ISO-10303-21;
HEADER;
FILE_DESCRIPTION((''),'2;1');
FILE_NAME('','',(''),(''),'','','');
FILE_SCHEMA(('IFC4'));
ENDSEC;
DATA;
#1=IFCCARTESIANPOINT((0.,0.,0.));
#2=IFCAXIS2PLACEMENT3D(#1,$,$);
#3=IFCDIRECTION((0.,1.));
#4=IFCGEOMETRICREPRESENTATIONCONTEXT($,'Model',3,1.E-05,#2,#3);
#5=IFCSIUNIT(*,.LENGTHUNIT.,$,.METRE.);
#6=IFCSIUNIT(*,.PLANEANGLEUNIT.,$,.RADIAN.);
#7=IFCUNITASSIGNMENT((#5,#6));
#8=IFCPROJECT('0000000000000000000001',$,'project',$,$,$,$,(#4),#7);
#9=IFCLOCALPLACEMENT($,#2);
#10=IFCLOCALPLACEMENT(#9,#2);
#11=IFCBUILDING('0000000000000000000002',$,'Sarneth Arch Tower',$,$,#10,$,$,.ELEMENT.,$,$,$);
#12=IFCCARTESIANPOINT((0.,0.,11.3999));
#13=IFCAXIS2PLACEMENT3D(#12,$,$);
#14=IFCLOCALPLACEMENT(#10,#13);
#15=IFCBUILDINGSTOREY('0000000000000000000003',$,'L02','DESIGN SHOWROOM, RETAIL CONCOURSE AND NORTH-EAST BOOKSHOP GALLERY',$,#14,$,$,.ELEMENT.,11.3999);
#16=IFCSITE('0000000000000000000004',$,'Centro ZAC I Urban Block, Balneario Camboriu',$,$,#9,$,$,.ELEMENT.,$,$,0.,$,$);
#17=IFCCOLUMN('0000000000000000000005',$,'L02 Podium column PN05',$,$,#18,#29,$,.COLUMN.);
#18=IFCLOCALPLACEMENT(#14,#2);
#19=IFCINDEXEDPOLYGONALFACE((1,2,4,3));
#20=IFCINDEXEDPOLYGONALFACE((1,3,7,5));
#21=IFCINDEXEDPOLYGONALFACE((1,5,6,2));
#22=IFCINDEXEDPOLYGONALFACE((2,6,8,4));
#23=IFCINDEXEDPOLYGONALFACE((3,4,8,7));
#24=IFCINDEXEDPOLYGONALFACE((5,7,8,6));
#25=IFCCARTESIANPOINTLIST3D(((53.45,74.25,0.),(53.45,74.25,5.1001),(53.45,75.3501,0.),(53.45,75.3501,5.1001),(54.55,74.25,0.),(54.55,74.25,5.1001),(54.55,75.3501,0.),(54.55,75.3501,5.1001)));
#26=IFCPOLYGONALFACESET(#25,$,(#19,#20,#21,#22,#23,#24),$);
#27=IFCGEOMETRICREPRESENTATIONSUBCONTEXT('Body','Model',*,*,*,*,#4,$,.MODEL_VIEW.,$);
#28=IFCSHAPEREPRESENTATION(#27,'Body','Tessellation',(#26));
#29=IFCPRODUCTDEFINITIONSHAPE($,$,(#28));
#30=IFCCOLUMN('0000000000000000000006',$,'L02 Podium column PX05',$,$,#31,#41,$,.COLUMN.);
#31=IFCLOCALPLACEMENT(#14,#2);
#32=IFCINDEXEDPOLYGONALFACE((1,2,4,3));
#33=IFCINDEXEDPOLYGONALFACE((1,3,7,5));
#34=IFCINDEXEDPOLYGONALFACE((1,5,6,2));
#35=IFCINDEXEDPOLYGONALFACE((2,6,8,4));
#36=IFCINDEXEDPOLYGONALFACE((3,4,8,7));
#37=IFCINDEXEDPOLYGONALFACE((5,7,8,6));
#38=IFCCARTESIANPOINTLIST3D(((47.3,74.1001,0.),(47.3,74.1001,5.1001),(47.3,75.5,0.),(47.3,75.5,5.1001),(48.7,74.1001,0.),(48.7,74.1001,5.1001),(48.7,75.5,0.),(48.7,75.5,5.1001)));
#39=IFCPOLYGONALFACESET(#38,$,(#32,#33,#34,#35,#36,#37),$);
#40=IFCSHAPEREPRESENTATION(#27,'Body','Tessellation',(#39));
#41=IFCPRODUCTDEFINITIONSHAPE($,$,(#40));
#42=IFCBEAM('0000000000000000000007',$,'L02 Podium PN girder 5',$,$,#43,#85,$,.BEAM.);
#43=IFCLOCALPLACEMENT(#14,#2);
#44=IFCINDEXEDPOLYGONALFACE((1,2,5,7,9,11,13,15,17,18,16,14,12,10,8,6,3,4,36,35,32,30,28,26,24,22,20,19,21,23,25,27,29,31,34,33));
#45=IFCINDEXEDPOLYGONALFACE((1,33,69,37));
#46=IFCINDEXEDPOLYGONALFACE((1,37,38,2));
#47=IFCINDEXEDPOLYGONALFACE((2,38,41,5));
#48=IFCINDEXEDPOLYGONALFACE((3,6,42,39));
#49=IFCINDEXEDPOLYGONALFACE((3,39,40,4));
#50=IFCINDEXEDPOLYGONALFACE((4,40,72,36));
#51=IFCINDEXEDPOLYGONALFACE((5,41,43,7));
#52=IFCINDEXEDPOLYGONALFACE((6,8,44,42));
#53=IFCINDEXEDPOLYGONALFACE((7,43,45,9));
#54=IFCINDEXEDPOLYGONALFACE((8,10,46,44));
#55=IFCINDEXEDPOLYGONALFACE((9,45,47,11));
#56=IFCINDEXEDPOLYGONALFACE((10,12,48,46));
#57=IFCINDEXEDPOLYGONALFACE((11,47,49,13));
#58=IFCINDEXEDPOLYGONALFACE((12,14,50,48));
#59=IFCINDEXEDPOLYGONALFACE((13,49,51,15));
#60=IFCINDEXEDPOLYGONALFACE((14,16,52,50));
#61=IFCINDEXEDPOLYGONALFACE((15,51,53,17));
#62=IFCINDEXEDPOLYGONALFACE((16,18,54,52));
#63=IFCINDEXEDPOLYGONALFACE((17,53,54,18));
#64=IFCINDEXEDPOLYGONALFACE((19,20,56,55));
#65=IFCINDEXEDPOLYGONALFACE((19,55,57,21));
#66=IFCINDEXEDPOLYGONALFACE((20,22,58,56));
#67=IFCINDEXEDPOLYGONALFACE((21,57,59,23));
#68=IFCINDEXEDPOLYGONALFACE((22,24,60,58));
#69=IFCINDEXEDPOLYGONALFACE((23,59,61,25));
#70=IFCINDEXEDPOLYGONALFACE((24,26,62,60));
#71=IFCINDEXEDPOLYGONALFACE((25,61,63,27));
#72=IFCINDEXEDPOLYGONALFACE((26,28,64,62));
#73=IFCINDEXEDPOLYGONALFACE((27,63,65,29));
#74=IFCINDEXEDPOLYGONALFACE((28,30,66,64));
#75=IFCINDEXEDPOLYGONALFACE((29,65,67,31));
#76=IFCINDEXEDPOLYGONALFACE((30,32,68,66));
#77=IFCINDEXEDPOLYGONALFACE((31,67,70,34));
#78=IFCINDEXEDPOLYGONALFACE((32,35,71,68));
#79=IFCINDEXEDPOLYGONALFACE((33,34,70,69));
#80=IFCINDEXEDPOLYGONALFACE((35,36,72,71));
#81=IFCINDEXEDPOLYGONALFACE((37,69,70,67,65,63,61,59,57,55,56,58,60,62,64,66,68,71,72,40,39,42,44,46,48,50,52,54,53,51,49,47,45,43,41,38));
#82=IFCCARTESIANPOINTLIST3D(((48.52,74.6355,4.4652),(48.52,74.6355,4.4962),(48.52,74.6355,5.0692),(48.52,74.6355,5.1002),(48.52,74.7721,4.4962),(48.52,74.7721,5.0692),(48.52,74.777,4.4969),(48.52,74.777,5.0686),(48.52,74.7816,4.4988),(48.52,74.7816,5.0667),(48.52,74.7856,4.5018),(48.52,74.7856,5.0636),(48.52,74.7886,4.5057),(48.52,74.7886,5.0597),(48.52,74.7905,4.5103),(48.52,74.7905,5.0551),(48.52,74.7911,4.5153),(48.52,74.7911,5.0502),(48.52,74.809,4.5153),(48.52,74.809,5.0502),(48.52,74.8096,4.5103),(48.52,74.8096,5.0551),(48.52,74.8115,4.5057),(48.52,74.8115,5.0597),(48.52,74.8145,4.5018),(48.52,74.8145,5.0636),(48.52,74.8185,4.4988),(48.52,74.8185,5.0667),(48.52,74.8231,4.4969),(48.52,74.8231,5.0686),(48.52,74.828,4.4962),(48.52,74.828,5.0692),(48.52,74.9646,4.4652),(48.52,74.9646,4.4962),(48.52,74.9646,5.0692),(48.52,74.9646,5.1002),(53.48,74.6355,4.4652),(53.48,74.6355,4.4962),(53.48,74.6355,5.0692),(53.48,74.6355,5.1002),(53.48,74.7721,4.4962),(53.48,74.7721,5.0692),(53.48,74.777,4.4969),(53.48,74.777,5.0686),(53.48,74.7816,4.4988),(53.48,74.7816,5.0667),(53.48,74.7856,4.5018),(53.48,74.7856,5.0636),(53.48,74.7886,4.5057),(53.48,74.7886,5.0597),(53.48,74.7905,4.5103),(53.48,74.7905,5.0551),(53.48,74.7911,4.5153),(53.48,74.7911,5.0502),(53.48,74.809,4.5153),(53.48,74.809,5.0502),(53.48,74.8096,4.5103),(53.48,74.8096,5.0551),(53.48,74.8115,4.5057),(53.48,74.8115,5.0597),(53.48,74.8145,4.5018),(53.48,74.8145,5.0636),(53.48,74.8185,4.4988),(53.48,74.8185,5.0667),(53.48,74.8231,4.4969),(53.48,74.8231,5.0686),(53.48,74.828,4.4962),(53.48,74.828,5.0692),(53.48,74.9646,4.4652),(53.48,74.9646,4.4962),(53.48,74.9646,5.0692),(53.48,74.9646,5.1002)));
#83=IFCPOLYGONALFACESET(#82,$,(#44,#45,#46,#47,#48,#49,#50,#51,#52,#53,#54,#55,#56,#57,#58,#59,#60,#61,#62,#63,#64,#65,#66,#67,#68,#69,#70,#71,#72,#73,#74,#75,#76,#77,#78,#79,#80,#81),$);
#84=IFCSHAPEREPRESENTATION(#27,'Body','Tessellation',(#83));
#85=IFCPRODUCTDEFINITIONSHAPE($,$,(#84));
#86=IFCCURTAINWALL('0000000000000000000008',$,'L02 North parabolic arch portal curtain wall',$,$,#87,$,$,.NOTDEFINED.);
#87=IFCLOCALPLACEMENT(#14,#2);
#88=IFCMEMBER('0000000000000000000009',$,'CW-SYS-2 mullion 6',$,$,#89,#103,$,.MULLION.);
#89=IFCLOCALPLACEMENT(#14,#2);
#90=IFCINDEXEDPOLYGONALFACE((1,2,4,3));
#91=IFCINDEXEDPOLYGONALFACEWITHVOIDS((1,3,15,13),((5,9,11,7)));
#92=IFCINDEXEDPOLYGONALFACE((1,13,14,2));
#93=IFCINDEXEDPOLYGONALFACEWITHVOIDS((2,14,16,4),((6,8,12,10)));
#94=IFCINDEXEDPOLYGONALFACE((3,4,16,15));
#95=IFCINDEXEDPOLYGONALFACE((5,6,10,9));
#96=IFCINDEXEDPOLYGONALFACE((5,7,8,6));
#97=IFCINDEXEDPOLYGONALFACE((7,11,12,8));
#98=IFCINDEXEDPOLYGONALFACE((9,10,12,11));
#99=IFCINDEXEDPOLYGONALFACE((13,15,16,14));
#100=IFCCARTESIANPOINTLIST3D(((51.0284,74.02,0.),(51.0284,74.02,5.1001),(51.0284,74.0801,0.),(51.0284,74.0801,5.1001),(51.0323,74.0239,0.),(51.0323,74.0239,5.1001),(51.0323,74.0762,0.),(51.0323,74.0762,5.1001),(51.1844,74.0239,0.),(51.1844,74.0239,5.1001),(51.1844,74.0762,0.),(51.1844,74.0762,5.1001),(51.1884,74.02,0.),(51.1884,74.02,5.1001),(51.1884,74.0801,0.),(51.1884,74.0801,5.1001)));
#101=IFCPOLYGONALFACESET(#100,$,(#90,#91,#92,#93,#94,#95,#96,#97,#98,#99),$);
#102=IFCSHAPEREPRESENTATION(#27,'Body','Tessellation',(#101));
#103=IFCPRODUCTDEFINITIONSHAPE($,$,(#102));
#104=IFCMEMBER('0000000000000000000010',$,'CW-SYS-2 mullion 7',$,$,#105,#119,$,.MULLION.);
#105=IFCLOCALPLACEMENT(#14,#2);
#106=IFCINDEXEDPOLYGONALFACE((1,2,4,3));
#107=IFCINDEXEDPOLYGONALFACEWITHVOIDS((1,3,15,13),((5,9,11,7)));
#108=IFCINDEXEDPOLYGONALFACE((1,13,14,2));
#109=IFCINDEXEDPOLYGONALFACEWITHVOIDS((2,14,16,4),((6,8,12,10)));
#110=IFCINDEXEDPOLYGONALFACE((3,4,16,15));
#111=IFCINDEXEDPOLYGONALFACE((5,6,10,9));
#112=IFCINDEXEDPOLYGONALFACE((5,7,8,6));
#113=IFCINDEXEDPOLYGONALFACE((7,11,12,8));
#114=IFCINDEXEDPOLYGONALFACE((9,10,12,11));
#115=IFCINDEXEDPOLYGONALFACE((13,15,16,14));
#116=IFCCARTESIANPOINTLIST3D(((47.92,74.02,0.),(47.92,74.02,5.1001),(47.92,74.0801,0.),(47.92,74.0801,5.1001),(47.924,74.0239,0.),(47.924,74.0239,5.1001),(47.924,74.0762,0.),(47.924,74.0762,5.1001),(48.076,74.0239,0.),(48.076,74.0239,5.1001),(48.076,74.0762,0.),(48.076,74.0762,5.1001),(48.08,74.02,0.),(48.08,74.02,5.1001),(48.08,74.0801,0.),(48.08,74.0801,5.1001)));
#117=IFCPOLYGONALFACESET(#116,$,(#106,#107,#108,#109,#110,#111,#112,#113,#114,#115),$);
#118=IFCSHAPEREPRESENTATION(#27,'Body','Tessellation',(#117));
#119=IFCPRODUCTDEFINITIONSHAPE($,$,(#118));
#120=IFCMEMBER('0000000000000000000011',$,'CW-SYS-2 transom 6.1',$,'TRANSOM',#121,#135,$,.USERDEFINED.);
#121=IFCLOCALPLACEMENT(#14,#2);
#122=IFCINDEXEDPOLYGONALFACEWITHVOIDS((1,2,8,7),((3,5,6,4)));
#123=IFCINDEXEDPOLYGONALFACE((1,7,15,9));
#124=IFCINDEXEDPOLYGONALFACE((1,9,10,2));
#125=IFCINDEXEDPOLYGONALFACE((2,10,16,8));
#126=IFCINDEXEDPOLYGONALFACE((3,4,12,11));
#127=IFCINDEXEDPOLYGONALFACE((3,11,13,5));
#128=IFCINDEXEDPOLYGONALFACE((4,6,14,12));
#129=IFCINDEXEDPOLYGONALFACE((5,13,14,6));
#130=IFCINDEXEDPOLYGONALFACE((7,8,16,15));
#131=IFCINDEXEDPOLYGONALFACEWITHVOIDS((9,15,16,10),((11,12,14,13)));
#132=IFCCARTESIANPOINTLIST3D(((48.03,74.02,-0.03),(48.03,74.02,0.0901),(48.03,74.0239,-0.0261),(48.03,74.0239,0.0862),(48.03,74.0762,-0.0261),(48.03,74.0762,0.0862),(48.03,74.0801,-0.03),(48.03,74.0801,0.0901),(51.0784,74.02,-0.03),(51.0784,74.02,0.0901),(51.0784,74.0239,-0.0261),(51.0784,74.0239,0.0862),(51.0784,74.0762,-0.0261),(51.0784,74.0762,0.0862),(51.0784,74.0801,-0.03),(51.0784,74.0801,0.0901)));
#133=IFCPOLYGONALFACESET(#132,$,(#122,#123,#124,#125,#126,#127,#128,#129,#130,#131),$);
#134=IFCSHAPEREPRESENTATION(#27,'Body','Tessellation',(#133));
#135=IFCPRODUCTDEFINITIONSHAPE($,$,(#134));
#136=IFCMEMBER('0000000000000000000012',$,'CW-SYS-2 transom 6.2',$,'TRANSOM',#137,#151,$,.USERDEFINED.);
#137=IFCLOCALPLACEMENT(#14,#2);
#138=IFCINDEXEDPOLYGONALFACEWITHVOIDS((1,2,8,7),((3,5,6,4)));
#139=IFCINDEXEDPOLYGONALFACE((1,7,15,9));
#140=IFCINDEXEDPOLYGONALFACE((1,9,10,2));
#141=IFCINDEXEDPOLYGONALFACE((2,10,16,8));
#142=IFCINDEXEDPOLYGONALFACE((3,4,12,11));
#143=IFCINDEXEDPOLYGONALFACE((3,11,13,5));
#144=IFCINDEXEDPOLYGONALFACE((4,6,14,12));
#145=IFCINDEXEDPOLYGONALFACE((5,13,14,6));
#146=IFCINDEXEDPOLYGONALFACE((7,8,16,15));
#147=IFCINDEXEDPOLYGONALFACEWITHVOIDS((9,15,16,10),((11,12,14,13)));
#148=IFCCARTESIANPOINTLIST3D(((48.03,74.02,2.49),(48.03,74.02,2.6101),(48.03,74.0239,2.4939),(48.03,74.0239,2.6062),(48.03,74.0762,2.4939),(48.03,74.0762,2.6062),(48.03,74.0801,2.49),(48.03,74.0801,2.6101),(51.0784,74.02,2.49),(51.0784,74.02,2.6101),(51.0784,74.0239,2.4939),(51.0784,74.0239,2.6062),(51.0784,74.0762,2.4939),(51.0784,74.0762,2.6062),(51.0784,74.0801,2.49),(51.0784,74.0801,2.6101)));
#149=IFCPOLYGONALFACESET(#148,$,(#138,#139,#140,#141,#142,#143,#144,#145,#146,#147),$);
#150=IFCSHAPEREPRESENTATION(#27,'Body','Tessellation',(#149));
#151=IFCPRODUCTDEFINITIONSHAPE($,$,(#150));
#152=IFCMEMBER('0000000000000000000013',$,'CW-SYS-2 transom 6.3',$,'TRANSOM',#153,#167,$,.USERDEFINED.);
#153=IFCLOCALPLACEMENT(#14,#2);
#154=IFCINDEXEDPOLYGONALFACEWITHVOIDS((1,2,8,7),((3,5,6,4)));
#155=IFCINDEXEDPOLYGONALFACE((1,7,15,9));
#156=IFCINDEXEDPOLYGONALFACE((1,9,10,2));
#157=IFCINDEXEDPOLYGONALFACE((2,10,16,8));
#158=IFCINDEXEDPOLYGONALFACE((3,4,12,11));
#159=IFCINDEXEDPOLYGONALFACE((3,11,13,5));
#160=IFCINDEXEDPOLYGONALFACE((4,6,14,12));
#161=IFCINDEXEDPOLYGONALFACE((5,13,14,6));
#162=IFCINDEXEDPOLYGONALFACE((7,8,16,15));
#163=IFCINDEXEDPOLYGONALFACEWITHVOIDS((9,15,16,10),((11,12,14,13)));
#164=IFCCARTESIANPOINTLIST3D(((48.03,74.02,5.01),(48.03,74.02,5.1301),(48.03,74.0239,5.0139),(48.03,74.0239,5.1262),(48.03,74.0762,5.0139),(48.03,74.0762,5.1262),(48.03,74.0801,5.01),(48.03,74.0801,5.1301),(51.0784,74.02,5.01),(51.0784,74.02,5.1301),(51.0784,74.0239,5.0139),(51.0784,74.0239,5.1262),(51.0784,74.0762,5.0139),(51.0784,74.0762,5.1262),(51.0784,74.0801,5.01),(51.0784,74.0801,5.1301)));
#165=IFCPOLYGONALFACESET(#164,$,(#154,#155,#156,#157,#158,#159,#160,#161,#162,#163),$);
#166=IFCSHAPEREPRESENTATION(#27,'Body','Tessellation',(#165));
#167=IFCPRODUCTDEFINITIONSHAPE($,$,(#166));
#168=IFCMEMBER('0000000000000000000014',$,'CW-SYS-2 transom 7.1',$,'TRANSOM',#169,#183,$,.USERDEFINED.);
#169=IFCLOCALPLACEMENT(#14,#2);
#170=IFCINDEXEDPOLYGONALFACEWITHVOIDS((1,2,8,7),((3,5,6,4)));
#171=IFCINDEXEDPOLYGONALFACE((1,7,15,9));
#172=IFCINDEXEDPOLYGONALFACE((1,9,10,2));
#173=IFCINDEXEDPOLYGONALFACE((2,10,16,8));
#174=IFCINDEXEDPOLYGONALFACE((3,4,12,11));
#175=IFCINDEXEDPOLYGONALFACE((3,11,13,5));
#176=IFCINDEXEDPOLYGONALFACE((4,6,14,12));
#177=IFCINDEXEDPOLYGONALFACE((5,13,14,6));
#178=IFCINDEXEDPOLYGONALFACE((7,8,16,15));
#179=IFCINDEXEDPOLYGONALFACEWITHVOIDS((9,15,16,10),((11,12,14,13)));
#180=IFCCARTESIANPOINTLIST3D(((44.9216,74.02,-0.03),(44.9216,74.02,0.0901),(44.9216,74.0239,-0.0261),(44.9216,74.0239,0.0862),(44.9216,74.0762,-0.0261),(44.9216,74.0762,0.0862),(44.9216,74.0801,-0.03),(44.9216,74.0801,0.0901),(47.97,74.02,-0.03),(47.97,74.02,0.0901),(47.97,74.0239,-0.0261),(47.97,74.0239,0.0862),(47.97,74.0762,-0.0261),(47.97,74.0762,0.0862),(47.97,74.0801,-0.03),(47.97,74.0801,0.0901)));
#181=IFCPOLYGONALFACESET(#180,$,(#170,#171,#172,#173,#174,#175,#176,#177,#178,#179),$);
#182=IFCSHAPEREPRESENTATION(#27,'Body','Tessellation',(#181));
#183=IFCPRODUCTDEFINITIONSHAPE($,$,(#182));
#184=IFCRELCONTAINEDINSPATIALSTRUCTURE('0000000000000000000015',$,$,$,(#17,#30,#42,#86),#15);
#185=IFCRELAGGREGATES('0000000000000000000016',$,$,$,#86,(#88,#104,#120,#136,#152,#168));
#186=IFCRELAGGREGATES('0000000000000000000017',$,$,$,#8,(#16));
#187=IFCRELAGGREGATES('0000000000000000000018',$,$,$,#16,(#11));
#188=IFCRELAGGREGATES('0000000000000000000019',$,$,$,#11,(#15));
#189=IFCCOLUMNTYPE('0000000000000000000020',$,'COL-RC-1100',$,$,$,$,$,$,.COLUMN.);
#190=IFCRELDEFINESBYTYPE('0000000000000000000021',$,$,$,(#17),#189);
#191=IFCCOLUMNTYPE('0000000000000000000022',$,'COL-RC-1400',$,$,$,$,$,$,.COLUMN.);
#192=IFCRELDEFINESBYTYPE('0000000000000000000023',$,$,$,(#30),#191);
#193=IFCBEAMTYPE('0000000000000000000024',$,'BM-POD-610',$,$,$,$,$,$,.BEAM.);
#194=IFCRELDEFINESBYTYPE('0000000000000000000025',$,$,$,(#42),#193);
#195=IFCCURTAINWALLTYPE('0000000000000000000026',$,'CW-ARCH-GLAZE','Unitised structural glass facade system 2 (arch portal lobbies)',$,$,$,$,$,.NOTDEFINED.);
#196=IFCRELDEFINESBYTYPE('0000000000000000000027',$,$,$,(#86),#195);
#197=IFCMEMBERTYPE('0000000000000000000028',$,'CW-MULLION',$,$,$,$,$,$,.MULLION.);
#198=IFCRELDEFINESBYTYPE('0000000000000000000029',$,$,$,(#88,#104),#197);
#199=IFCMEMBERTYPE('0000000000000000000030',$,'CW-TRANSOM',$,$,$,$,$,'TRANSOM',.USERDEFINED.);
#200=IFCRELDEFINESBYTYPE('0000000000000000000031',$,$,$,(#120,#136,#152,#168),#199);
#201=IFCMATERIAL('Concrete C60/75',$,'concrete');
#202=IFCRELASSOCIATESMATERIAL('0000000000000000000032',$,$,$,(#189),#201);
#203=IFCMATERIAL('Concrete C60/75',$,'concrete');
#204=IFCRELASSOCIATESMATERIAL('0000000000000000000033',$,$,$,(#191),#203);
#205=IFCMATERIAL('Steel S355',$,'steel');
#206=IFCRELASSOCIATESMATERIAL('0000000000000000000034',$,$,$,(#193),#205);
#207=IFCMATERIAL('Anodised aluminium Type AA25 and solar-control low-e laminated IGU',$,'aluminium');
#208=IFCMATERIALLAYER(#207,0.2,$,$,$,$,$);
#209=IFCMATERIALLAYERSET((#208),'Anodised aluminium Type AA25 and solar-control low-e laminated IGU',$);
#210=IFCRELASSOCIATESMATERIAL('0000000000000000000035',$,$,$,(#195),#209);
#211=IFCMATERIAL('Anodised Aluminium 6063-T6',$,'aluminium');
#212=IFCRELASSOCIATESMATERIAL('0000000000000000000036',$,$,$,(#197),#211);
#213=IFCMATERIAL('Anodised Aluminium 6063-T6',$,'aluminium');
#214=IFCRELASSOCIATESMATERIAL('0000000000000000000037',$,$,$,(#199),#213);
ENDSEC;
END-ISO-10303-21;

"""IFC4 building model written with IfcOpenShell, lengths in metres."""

from ifc_helpers import new_model, si_unit, direction, frame, origin, origin_2d, place, context, subcontext, project, spatial, rectangle, hollow_rectangle, i_section, extrude, material, layer, layer_set, material_profile, profile_set, type_object, element, aggregate, save


model = new_model("IFC4")

# Units and contexts
model_context = context("Model", 3, precision=1e-05, world=origin(), true_north=direction((0.0, 1.0)))
body_context = subcontext(model_context, "Body", "Model", "MODEL_VIEW")
ifc_project = project(units=[si_unit("LENGTHUNIT", "METRE"), si_unit("PLANEANGLEUNIT", "RADIAN")], contexts=[model_context])

# Site, building, storey
site_placement = place(None, origin())
site = spatial("IfcSite", under=ifc_project, at=site_placement, Name="Centro ZAC I Urban Block, Balneario Camboriu", CompositionType="ELEMENT", RefElevation=0.0)
building_placement = place(site_placement, origin())
building = spatial("IfcBuilding", under=site, at=building_placement, Name="Sarneth Arch Tower", CompositionType="ELEMENT")
storey_placement = place(building_placement, frame((0.0, 0.0, 11.3999)))
storey = spatial("IfcBuildingStorey", under=building, at=storey_placement, Name="L02", Description="DESIGN SHOWROOM, RETAIL CONCOURSE AND NORTH-EAST BOOKSHOP GALLERY", CompositionType="ELEMENT", Elevation=11.3999)

# Columns
ifc_material_1 = material(Name="Concrete C60/75", Category="concrete")
ifc_material_profile_1 = material_profile(ifc_material_1, rectangle(XDim=1.1001, YDim=1.1001, at=origin_2d()), Name="RC-1100x1100")
ifc_profile_set_1 = profile_set([ifc_material_profile_1], Name="Concrete C60/75")
column_type_1 = type_object("IfcColumnType", Name="COL-RC-1100", PredefinedType="COLUMN", material=ifc_profile_set_1)
column_1_placement = place(storey_placement, frame((54.0, 74.8, 0.0), z_axis=(0.0, 0.0, 1.0), x_axis=(1.0, 0.0, 0.0)))
element("IfcColumn", 1, at=column_1_placement, inside=storey, type_object=column_type_1, Name="L02 Podium column PN05", PredefinedType="COLUMN", context=body_context, shape_type="SweptSolid", body=[
    extrude(rectangle(XDim=1.1001, YDim=1.1001, at=origin_2d()), origin(), (0.0, 0.0, 1.0), 5.1001),
])
ifc_material_2 = material(Name="Concrete C60/75", Category="concrete")
ifc_material_profile_2 = material_profile(ifc_material_2, rectangle(XDim=1.3999, YDim=1.3999, at=origin_2d()), Name="RC-1400x1400")
ifc_profile_set_2 = profile_set([ifc_material_profile_2], Name="Concrete C60/75")
column_type_2 = type_object("IfcColumnType", Name="COL-RC-1400", PredefinedType="COLUMN", material=ifc_profile_set_2)
column_2_placement = place(storey_placement, frame((48.0, 74.8, 0.0), z_axis=(0.0, 0.0, 1.0), x_axis=(1.0, 0.0, 0.0)))
element("IfcColumn", 2, at=column_2_placement, inside=storey, type_object=column_type_2, Name="L02 Podium column PX05", PredefinedType="COLUMN", context=body_context, shape_type="SweptSolid", body=[
    extrude(rectangle(XDim=1.3999, YDim=1.3999, at=origin_2d()), origin(), (0.0, 0.0, 1.0), 5.1001),
])

# Beam
ifc_material_3 = material(Name="Steel S355", Category="steel")
ifc_material_profile_3 = material_profile(ifc_material_3, i_section(OverallWidth=0.3291, OverallDepth=0.635, WebThickness=0.0178, FlangeThickness=0.031, FilletRadius=0.019, at=origin_2d()), Name="W610x241")
ifc_profile_set_3 = profile_set([ifc_material_profile_3], Name="Steel S355")
beam_type = type_object("IfcBeamType", Name="BM-POD-610", PredefinedType="BEAM", material=ifc_profile_set_3)
beam_placement = place(storey_placement, frame((48.52, 74.8, 4.7827), z_axis=(1.0, 0.0, 0.0), x_axis=(0.0, 1.0, 0.0)))
element("IfcBeam", 3, at=beam_placement, inside=storey, type_object=beam_type, Name="L02 Podium PN girder 5", PredefinedType="BEAM", context=body_context, shape_type="SweptSolid", body=[
    extrude(i_section(OverallWidth=0.3291, OverallDepth=0.635, WebThickness=0.0178, FlangeThickness=0.031, FilletRadius=0.019, at=origin_2d()), origin(), (0.0, 0.0, 1.0), 4.96),
])

# Curtain wall, members
ifc_material_4 = material(Name="Anodised aluminium Type AA25 and solar-control low-e laminated IGU", Category="aluminium")
ifc_layer_1 = layer(ifc_material_4, 0.2)
ifc_layer_set_1 = layer_set([ifc_layer_1], Name="Anodised aluminium Type AA25 and solar-control low-e laminated IGU")
curtain_wall_type = type_object("IfcCurtainWallType", Name="CW-ARCH-GLAZE", Description="Unitised structural glass facade system 2 (arch portal lobbies)", PredefinedType="NOTDEFINED", material=ifc_layer_set_1)
curtain_wall_placement = place(storey_placement, origin())
curtain_wall = element("IfcCurtainWall", 4, at=curtain_wall_placement, inside=storey, type_object=curtain_wall_type, Name="L02 North parabolic arch portal curtain wall", PredefinedType="NOTDEFINED")
ifc_material_5 = material(Name="Anodised Aluminium 6063-T6", Category="aluminium")
ifc_material_profile_4 = material_profile(ifc_material_5, hollow_rectangle(XDim=0.0601, YDim=0.1599, WallThickness=0.0039, at=origin_2d()), Name="AL-MULL-160x60x4")
ifc_profile_set_4 = profile_set([ifc_material_profile_4], Name="Anodised Aluminium 6063-T6")
member_type_1 = type_object("IfcMemberType", Name="CW-MULLION", PredefinedType="MULLION", material=ifc_profile_set_4)
member_1_placement = place(storey_placement, frame((51.1084, 74.05, 0.0), z_axis=(0.0, 0.0, 1.0), x_axis=(0.0, -1.0, 0.0)))
member_1 = element("IfcMember", 5, at=member_1_placement, type_object=member_type_1, Name="CW-SYS-2 mullion 6", PredefinedType="MULLION", context=body_context, shape_type="SweptSolid", body=[
    extrude(hollow_rectangle(XDim=0.0601, YDim=0.1599, WallThickness=0.0039, at=origin_2d()), origin(), (0.0, 0.0, 1.0), 5.1001),
])
member_2_placement = place(storey_placement, frame((48.0, 74.05, 0.0), z_axis=(0.0, 0.0, 1.0), x_axis=(0.0, -1.0, 0.0)))
member_2 = element("IfcMember", 6, at=member_2_placement, type_object=member_type_1, Name="CW-SYS-2 mullion 7", PredefinedType="MULLION", context=body_context, shape_type="SweptSolid", body=[
    extrude(hollow_rectangle(XDim=0.0601, YDim=0.1599, WallThickness=0.0039, at=origin_2d()), origin(), (0.0, 0.0, 1.0), 5.1001),
])
ifc_material_6 = material(Name="Anodised Aluminium 6063-T6", Category="aluminium")
ifc_material_profile_5 = material_profile(ifc_material_6, hollow_rectangle(XDim=0.0601, YDim=0.1201, WallThickness=0.0039, at=origin_2d()), Name="AL-TRAN-120x60x4")
ifc_profile_set_5 = profile_set([ifc_material_profile_5], Name="Anodised Aluminium 6063-T6")
member_type_2 = type_object("IfcMemberType", Name="CW-TRANSOM", ElementType="TRANSOM", PredefinedType="USERDEFINED", material=ifc_profile_set_5)
member_3_placement = place(storey_placement, frame((51.0784, 74.05, 0.03), z_axis=(-1.0, 0.0, 0.0), x_axis=(0.0, -1.0, 0.0)))
member_3 = element("IfcMember", 7, at=member_3_placement, type_object=member_type_2, Name="CW-SYS-2 transom 6.1", ObjectType="TRANSOM", PredefinedType="USERDEFINED", context=body_context, shape_type="SweptSolid", body=[
    extrude(hollow_rectangle(XDim=0.0601, YDim=0.1201, WallThickness=0.0039, at=origin_2d()), origin(), (0.0, 0.0, 1.0), 3.0483),
])
member_4_placement = place(storey_placement, frame((51.0784, 74.05, 2.55), z_axis=(-1.0, 0.0, 0.0), x_axis=(0.0, -1.0, 0.0)))
member_4 = element("IfcMember", 8, at=member_4_placement, type_object=member_type_2, Name="CW-SYS-2 transom 6.2", ObjectType="TRANSOM", PredefinedType="USERDEFINED", context=body_context, shape_type="SweptSolid", body=[
    extrude(hollow_rectangle(XDim=0.0601, YDim=0.1201, WallThickness=0.0039, at=origin_2d()), origin(), (0.0, 0.0, 1.0), 3.0483),
])
member_5_placement = place(storey_placement, frame((51.0784, 74.05, 5.0701), z_axis=(-1.0, 0.0, 0.0), x_axis=(0.0, -1.0, 0.0)))
member_5 = element("IfcMember", 9, at=member_5_placement, type_object=member_type_2, Name="CW-SYS-2 transom 6.3", ObjectType="TRANSOM", PredefinedType="USERDEFINED", context=body_context, shape_type="SweptSolid", body=[
    extrude(hollow_rectangle(XDim=0.0601, YDim=0.1201, WallThickness=0.0039, at=origin_2d()), origin(), (0.0, 0.0, 1.0), 3.0483),
])
member_6_placement = place(storey_placement, frame((47.97, 74.05, 0.03), z_axis=(-1.0, 0.0, 0.0), x_axis=(0.0, -1.0, 0.0)))
member_6 = element("IfcMember", 10, at=member_6_placement, type_object=member_type_2, Name="CW-SYS-2 transom 7.1", ObjectType="TRANSOM", PredefinedType="USERDEFINED", context=body_context, shape_type="SweptSolid", body=[
    extrude(hollow_rectangle(XDim=0.0601, YDim=0.1201, WallThickness=0.0039, at=origin_2d()), origin(), (0.0, 0.0, 1.0), 3.0483),
])

aggregate(curtain_wall, [member_1, member_2, member_3, member_4, member_5, member_6])

save(model, "model.ifc")
